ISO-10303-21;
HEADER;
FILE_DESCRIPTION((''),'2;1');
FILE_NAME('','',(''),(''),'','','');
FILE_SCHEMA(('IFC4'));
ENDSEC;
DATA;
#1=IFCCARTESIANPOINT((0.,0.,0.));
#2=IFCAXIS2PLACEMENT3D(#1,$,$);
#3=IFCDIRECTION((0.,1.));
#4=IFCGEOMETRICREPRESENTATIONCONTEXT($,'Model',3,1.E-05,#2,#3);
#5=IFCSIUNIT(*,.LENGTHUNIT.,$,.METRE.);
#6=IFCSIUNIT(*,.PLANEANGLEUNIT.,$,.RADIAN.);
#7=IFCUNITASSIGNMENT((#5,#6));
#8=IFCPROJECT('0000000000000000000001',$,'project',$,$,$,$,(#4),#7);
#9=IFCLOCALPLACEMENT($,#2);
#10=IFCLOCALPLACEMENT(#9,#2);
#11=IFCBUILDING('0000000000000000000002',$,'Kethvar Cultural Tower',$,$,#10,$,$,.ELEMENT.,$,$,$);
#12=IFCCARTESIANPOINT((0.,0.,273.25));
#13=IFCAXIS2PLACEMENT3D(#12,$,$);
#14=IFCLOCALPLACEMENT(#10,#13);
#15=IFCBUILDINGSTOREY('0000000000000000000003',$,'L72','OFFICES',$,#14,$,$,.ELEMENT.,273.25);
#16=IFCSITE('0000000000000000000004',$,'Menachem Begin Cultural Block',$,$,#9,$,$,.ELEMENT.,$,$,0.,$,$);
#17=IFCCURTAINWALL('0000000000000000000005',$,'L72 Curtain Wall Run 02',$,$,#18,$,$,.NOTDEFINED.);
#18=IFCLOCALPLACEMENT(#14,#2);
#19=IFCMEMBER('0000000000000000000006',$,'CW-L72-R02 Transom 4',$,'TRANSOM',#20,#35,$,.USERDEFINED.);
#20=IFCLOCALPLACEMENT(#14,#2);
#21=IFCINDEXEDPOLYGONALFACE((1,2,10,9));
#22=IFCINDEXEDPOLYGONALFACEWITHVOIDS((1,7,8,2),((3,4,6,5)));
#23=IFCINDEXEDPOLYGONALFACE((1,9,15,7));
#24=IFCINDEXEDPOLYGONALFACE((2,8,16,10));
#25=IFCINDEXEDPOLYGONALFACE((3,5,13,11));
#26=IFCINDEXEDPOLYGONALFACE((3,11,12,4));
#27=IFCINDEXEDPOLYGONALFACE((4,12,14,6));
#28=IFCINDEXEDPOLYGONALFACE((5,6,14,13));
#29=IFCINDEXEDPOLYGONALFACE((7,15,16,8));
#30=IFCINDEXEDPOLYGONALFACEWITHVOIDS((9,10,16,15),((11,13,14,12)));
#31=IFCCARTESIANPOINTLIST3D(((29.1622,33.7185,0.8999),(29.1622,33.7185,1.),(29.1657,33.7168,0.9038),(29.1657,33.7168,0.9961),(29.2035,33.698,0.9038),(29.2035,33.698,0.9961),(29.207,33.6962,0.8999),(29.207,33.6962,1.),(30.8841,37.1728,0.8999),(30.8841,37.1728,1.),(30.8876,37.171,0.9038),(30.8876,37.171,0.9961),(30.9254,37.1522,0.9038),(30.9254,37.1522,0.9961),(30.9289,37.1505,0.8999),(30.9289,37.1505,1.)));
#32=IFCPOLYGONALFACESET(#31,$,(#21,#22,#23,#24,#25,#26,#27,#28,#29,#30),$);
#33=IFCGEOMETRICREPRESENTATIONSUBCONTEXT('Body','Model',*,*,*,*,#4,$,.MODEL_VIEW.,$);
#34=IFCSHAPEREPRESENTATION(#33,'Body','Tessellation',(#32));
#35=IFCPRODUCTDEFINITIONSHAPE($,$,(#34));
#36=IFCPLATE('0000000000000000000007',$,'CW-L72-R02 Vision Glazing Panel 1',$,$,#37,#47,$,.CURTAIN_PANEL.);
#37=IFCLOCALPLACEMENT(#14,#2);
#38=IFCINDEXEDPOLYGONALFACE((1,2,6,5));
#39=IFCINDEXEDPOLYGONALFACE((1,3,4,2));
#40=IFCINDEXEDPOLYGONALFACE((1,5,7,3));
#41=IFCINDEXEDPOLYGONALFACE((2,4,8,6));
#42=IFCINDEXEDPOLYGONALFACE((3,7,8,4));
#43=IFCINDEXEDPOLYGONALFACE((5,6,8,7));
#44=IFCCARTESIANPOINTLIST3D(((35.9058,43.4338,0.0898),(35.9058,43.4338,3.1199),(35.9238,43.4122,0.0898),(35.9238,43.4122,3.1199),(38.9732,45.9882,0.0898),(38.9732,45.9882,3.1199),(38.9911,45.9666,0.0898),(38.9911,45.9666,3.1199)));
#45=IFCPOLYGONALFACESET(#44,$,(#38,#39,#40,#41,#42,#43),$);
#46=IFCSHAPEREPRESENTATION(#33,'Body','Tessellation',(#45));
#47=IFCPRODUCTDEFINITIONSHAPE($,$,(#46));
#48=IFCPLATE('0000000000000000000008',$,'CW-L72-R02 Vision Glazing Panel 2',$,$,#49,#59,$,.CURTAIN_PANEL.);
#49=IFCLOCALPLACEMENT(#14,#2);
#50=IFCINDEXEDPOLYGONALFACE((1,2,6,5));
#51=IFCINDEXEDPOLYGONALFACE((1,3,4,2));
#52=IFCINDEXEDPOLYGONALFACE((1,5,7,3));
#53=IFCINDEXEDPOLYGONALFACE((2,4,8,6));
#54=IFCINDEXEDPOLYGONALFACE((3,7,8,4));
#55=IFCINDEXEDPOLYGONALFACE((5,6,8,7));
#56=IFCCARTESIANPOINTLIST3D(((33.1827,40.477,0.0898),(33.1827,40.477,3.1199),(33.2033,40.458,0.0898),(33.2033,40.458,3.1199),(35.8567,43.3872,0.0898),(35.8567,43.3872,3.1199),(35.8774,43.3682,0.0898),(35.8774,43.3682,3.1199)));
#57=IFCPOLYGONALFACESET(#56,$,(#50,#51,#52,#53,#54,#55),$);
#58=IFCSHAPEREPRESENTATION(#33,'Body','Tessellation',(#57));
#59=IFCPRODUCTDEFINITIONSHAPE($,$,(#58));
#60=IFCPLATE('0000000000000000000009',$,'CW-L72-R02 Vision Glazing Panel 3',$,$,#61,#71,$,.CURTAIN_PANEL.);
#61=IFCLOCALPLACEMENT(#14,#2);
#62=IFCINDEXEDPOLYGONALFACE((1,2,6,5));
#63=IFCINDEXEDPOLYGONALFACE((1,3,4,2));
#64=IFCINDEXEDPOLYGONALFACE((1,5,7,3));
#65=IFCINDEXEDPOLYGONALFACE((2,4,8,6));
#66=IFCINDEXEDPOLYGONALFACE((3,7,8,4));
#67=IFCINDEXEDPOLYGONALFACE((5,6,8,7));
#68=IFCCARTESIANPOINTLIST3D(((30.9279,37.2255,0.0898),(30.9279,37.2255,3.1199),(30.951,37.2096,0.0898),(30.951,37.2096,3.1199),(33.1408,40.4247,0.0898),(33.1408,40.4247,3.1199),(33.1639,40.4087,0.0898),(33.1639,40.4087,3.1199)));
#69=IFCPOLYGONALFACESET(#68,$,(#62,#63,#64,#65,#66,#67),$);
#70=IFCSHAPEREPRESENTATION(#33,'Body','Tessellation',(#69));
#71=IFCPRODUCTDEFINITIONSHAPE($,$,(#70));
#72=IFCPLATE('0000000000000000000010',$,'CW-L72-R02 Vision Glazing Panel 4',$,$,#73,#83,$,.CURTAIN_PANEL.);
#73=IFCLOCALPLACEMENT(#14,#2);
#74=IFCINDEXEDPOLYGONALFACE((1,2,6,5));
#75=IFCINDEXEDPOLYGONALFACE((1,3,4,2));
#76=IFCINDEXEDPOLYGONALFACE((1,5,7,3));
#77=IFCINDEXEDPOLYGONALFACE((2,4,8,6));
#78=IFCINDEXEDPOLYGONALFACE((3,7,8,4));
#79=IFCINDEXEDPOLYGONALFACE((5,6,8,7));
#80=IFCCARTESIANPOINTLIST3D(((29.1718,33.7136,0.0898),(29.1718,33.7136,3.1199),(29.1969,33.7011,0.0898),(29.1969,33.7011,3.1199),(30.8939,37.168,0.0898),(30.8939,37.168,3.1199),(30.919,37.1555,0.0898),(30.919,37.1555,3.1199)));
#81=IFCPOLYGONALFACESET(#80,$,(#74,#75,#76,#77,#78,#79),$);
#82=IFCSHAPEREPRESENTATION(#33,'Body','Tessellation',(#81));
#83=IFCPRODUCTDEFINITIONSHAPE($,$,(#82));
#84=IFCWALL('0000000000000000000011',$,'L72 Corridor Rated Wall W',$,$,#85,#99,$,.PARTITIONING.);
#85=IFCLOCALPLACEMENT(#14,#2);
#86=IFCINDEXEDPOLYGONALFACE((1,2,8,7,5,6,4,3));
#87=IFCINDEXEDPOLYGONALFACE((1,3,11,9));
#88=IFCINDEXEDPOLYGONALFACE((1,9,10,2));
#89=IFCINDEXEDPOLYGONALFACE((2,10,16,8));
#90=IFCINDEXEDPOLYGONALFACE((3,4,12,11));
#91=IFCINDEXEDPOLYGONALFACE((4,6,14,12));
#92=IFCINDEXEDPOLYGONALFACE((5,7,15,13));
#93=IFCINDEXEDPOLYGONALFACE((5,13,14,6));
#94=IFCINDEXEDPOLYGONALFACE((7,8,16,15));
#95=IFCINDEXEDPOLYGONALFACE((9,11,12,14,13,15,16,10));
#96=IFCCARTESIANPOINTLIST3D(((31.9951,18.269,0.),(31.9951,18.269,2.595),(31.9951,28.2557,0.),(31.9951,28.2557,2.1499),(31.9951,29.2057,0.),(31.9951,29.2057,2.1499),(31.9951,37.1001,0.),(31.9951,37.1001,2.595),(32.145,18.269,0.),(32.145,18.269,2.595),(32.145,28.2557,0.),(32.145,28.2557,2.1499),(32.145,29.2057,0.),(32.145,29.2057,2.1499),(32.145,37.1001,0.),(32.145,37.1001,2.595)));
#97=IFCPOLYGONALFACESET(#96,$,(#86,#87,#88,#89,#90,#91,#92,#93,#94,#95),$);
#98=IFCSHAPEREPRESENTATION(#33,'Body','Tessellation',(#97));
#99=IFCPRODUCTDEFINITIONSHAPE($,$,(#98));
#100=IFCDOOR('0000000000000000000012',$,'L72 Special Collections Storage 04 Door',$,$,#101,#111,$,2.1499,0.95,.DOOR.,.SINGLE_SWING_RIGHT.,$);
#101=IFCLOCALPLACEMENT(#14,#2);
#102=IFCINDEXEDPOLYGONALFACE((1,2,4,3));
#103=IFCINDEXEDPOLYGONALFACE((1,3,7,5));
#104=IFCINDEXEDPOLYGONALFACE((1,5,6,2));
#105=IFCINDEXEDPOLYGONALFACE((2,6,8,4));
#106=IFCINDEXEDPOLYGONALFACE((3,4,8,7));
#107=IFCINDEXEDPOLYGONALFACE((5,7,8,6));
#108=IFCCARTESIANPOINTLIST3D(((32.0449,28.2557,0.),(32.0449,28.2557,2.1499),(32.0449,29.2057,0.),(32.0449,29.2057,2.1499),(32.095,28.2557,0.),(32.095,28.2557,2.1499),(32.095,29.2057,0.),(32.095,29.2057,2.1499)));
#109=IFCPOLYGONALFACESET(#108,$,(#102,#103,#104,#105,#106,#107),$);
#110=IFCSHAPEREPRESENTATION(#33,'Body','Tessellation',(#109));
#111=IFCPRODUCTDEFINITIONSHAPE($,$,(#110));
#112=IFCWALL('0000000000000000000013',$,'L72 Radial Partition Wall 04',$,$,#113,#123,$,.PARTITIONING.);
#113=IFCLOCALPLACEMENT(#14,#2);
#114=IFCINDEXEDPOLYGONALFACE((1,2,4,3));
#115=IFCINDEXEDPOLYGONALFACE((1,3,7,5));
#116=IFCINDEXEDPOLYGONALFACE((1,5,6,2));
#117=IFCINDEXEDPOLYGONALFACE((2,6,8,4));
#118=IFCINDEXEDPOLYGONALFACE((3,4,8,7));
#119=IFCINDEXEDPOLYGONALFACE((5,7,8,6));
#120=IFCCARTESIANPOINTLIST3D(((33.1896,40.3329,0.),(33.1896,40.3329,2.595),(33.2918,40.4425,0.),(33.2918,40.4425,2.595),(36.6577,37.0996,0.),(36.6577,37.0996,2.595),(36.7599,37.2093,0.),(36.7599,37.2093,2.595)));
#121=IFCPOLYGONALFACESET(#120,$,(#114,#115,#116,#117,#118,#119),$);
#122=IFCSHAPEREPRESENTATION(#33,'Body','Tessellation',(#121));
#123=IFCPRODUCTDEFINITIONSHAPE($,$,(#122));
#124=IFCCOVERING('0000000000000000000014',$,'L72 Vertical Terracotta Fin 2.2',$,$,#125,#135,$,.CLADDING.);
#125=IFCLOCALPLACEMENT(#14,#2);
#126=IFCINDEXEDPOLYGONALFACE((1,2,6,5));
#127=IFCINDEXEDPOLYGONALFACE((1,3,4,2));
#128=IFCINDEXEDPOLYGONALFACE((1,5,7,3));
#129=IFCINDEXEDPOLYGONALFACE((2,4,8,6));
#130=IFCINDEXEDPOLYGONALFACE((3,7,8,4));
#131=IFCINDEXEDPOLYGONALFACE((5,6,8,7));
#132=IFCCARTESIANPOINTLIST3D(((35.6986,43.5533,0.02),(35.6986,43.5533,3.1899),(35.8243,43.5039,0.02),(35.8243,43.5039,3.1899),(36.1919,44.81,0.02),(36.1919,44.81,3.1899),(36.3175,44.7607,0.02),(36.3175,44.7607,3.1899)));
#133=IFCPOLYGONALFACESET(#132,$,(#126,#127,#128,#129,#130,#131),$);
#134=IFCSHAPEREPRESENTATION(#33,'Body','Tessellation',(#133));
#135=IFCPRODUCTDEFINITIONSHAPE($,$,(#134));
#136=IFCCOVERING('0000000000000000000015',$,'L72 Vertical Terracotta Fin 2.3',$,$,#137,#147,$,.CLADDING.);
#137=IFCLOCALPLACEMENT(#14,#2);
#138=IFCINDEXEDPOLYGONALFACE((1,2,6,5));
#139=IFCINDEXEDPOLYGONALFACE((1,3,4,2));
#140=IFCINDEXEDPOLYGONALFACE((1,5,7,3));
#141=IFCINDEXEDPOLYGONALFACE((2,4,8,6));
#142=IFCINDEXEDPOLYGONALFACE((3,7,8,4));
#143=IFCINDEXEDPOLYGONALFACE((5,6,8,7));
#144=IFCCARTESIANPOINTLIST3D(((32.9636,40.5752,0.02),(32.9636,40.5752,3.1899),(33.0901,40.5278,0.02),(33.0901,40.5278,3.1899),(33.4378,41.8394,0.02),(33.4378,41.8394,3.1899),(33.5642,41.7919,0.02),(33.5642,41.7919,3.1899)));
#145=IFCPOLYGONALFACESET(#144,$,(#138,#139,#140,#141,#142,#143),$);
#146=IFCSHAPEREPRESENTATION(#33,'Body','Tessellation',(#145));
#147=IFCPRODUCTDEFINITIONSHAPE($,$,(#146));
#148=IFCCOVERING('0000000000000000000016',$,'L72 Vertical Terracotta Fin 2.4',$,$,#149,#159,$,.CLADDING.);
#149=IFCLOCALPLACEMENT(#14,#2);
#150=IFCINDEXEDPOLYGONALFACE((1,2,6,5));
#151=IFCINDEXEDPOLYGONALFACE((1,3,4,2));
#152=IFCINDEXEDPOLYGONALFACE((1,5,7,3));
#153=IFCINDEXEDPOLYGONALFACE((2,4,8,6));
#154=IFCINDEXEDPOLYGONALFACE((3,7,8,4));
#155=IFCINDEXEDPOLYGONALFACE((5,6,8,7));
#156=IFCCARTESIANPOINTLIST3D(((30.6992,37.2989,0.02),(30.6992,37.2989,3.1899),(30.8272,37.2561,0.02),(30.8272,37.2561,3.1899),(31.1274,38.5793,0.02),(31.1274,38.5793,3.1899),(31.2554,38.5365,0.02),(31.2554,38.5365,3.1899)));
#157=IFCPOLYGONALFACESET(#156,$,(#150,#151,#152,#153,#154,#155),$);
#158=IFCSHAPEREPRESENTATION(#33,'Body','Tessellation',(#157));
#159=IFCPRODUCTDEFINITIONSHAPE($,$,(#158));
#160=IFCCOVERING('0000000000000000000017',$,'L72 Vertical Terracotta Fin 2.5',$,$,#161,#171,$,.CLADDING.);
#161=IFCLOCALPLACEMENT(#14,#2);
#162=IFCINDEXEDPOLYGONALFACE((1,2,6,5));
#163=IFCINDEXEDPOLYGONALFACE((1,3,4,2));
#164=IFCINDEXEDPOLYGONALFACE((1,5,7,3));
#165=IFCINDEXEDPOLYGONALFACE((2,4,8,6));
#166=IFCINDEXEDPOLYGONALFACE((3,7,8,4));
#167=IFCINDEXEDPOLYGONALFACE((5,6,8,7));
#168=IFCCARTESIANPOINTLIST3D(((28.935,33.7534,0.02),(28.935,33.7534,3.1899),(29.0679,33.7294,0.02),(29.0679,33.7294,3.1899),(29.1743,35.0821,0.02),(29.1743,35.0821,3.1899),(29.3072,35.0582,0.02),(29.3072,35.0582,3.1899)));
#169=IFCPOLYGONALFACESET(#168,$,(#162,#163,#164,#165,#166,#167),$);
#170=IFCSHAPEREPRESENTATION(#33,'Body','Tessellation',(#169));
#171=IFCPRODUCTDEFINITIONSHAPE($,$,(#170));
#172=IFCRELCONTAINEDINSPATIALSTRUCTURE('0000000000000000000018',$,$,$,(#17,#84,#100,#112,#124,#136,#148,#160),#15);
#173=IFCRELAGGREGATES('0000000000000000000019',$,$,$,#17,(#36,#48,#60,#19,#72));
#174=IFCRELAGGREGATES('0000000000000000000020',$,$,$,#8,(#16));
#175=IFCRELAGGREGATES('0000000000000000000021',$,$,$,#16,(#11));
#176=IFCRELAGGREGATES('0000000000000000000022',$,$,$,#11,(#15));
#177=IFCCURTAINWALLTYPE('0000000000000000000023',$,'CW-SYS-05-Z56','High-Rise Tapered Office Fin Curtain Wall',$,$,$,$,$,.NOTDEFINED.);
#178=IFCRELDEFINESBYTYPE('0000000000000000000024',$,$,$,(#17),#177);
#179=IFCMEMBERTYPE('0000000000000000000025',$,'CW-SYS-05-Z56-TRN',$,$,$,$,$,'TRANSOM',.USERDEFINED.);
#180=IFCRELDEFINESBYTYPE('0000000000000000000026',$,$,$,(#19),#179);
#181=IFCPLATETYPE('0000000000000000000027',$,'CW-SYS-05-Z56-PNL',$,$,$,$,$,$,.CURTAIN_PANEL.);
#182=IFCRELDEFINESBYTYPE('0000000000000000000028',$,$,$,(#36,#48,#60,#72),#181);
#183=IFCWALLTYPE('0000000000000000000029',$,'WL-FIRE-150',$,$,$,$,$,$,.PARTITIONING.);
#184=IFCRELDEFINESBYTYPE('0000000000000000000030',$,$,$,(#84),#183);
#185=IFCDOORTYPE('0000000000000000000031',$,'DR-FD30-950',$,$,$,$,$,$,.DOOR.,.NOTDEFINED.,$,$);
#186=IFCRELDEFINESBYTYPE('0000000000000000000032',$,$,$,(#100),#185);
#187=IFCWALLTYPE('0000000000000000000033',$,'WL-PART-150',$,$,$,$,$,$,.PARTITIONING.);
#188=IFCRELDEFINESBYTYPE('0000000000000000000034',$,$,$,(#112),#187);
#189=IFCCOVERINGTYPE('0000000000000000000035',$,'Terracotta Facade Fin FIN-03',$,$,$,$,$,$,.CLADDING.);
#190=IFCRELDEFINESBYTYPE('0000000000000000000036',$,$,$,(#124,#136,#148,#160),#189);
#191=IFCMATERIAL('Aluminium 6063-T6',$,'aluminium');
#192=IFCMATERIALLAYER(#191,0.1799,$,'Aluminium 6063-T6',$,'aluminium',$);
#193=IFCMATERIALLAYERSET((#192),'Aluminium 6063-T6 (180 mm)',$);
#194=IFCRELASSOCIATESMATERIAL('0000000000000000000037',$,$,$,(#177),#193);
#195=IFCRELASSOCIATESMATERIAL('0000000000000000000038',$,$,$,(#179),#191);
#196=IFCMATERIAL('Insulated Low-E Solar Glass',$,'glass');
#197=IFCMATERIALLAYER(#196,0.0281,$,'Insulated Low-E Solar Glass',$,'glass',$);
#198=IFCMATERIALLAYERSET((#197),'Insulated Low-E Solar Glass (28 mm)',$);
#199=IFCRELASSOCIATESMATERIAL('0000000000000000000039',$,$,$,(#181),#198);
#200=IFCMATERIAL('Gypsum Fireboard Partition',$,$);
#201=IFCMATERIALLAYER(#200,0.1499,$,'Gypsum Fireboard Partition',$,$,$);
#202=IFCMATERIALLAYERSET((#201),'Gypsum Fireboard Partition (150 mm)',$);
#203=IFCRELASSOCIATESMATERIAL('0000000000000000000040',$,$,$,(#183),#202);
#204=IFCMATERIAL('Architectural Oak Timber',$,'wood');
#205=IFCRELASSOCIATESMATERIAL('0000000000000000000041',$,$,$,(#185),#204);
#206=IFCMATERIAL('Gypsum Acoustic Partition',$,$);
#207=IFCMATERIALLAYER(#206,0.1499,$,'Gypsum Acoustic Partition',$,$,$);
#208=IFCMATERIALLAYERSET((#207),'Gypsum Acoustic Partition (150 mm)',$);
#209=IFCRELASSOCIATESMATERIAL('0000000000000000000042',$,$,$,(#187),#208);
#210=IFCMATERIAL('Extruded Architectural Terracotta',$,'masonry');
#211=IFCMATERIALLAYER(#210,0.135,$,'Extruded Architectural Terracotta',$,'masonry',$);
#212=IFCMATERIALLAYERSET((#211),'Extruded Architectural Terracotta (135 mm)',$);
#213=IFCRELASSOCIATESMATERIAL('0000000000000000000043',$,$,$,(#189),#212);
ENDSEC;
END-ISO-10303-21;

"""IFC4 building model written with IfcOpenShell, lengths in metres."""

from ifc_helpers import new_model, si_unit, direction, frame, frame_2d, origin, origin_2d, place, context, subcontext, project, spatial, rectangle, hollow_rectangle, extrude, source, transform, mapped, material, layer, layer_set, material_profile, profile_set, type_object, element, fill, aggregate, save


model = new_model("IFC4")

# Units and contexts
model_context = context("Model", 3, precision=1e-05, world=origin(), true_north=direction((0.0, 1.0)))
body_context = subcontext(model_context, "Body", "Model", "MODEL_VIEW")
ifc_project = project(units=[si_unit("LENGTHUNIT", "METRE"), si_unit("PLANEANGLEUNIT", "RADIAN")], contexts=[model_context])

# Site, building, storey
site_placement = place(None, origin())
site = spatial("IfcSite", under=ifc_project, at=site_placement, Name="Menachem Begin Cultural Block", CompositionType="ELEMENT", RefElevation=0.0)
building_placement = place(site_placement, origin())
building = spatial("IfcBuilding", under=site, at=building_placement, Name="Kethvar Cultural Tower", CompositionType="ELEMENT")
storey_placement = place(building_placement, frame((0.0, 0.0, 273.25)))
storey = spatial("IfcBuildingStorey", under=building, at=storey_placement, Name="L72", Description="OFFICES", CompositionType="ELEMENT", Elevation=273.25)

# Curtain wall, member, plates
ifc_material_1 = material(Name="Aluminium 6063-T6", Category="aluminium")
ifc_layer_1 = layer(ifc_material_1, 0.1799, Name="Aluminium 6063-T6", Category="aluminium")
ifc_layer_set_1 = layer_set([ifc_layer_1], Name="Aluminium 6063-T6 (180 mm)")
curtain_wall_type = type_object("IfcCurtainWallType", Name="CW-SYS-05-Z56", Description="High-Rise Tapered Office Fin Curtain Wall", PredefinedType="NOTDEFINED", material=ifc_layer_set_1)
curtain_wall_placement = place(storey_placement, origin())
curtain_wall = element("IfcCurtainWall", 1, at=curtain_wall_placement, inside=storey, type_object=curtain_wall_type, Name="L72 Curtain Wall Run 02", PredefinedType="NOTDEFINED")
ifc_material_profile_1 = material_profile(ifc_material_1, hollow_rectangle(XDim=0.05, YDim=0.1001, WallThickness=0.0039, at=origin_2d()), Name="Aluminium 6063-T6 — RHS100x50x4")
ifc_profile_set_1 = profile_set([ifc_material_profile_1], Name="Aluminium 6063-T6 — RHS100x50x4")
member_type_1 = type_object("IfcMemberType", Name="CW-SYS-05-Z56-TRN", ElementType="TRANSOM", PredefinedType="USERDEFINED", material=ifc_profile_set_1)
shared_shape_1 = source(origin(), body_context, "Body", "SweptSolid", [
    extrude(hollow_rectangle(XDim=0.05, YDim=0.1001, WallThickness=0.0039, at=origin_2d()), origin(), (0.0, 0.0, 1.0), 3.8596),
])
member_1_placement = place(storey_placement, frame((30.9065, 37.1616, 0.95), z_axis=(-0.446125, -0.894971, 0.0), x_axis=(0.894971, -0.446125, 0.0)))
member_1 = element("IfcMember", 2, at=member_1_placement, type_object=member_type_1, Name="CW-L72-R02 Transom 4", ObjectType="TRANSOM", PredefinedType="USERDEFINED", context=body_context, shape_type="MappedRepresentation", body=[
    mapped(shared_shape_1, transform((0.0, 0.0, 0.0), scale=1.0)),
])
ifc_material_2 = material(Name="Insulated Low-E Solar Glass", Category="glass")
ifc_layer_2 = layer(ifc_material_2, 0.0281, Name="Insulated Low-E Solar Glass", Category="glass")
ifc_layer_set_2 = layer_set([ifc_layer_2], Name="Insulated Low-E Solar Glass (28 mm)")
plate_type = type_object("IfcPlateType", Name="CW-SYS-05-Z56-PNL", PredefinedType="CURTAIN_PANEL", material=ifc_layer_set_2)
shared_shape_2 = source(origin(), body_context, "Body", "SweptSolid", [
    extrude(rectangle(XDim=3.9917, YDim=0.0281, at=origin_2d()), origin(), (0.0, 0.0, 1.0), 3.03),
])
plate_1_placement = place(storey_placement, frame((37.4485, 44.7002, 0.0898), z_axis=(0.0, 0.0, 1.0), x_axis=(-0.768429, -0.639935, 0.0)))
plate_1 = element("IfcPlate", 3, at=plate_1_placement, type_object=plate_type, Name="CW-L72-R02 Vision Glazing Panel 1", PredefinedType="CURTAIN_PANEL", context=body_context, shape_type="MappedRepresentation", body=[
    mapped(shared_shape_2, transform((0.0, 0.0, 0.0), scale=1.0)),
])
shared_shape_3 = source(origin(), body_context, "Body", "SweptSolid", [
    extrude(rectangle(XDim=3.9521, YDim=0.0281, at=origin_2d()), origin(), (0.0, 0.0, 1.0), 3.03),
])
plate_2_placement = place(storey_placement, frame((34.53, 41.9226, 0.0898), z_axis=(0.0, 0.0, 1.0), x_axis=(-0.676606, -0.736345, 0.0)))
plate_2 = element("IfcPlate", 4, at=plate_2_placement, type_object=plate_type, Name="CW-L72-R02 Vision Glazing Panel 2", PredefinedType="CURTAIN_PANEL", context=body_context, shape_type="MappedRepresentation", body=[
    mapped(shared_shape_3, transform((0.0, 0.0, 0.0), scale=1.0)),
])
shared_shape_4 = source(origin(), body_context, "Body", "SweptSolid", [
    extrude(rectangle(XDim=3.8899, YDim=0.0281, at=origin_2d()), origin(), (0.0, 0.0, 1.0), 3.03),
])
plate_3_placement = place(storey_placement, frame((32.0459, 38.8171, 0.0898), z_axis=(0.0, 0.0, 1.0), x_axis=(-0.568863, -0.822432, 0.0)))
plate_3 = element("IfcPlate", 5, at=plate_3_placement, type_object=plate_type, Name="CW-L72-R02 Vision Glazing Panel 3", PredefinedType="CURTAIN_PANEL", context=body_context, shape_type="MappedRepresentation", body=[
    mapped(shared_shape_4, transform((0.0, 0.0, 0.0), scale=1.0)),
])
shared_shape_5 = source(origin(), body_context, "Body", "SweptSolid", [
    extrude(rectangle(XDim=3.8599, YDim=0.0281, at=origin_2d()), origin(), (0.0, 0.0, 1.0), 3.03),
])
plate_4_placement = place(storey_placement, frame((30.0454, 35.4346, 0.0898), z_axis=(0.0, 0.0, 1.0), x_axis=(-0.446167, -0.89495, 0.0)))
plate_4 = element("IfcPlate", 6, at=plate_4_placement, type_object=plate_type, Name="CW-L72-R02 Vision Glazing Panel 4", PredefinedType="CURTAIN_PANEL", context=body_context, shape_type="MappedRepresentation", body=[
    mapped(shared_shape_5, transform((0.0, 0.0, 0.0), scale=1.0)),
])
aggregate(curtain_wall, [plate_1, plate_2, plate_3, member_1, plate_4])

# Wall, opening, door
ifc_material_3 = material(Name="Gypsum Fireboard Partition")
ifc_layer_3 = layer(ifc_material_3, 0.1499, Name="Gypsum Fireboard Partition")
ifc_layer_set_3 = layer_set([ifc_layer_3], Name="Gypsum Fireboard Partition (150 mm)")
wall_type_1 = type_object("IfcWallType", Name="WL-FIRE-150", PredefinedType="PARTITIONING", material=ifc_layer_set_3)
wall_1_placement = place(storey_placement, frame((32.0701, 37.1001, 0.0), z_axis=(0.0, 0.0, 1.0), x_axis=(0.0, -1.0, 0.0)))
wall_1 = element("IfcWall", 7, at=wall_1_placement, inside=storey, type_object=wall_type_1, Name="L72 Corridor Rated Wall W", PredefinedType="PARTITIONING", context=body_context, shape_type="SweptSolid", body=[
    extrude(rectangle(XDim=18.8311, YDim=0.1499, at=frame_2d((9.4155, 0.0))), origin(), (0.0, 0.0, 1.0), 2.595),
])
opening_placement = place(wall_1_placement, frame((7.8943, 0.0, 0.0)))
opening = element("IfcOpeningElement", 8, at=opening_placement, cuts=wall_1, PredefinedType="OPENING", context=body_context, shape_type="SweptSolid", body=[
    extrude(rectangle(XDim=0.95, YDim=2.1499, at=frame_2d((0.4751, 1.075))), frame((0.0, 0.085, 0.0), z_axis=(0.0, -1.0, 0.0), x_axis=(1.0, 0.0, 0.0)), (0.0, 0.0, 1.0), 0.1699),
])
ifc_material_4 = material(Name="Architectural Oak Timber", Category="wood")
door_type = type_object("IfcDoorType", Name="DR-FD30-950", OperationType="NOTDEFINED", PredefinedType="DOOR", material=ifc_material_4)
shared_shape_6 = source(origin(), body_context, "Body", "SweptSolid", [
    extrude(rectangle(XDim=0.95, YDim=2.1499, at=frame_2d((0.4751, 1.075))), frame((0.0, 0.0249, 0.0), z_axis=(0.0, -1.0, 0.0), x_axis=(1.0, 0.0, 0.0)), (0.0, 0.0, 1.0), 0.05),
])
door_placement = place(opening_placement, origin())
door = element("IfcDoor", 9, at=door_placement, inside=storey, type_object=door_type, Name="L72 Special Collections Storage 04 Door", OperationType="SINGLE_SWING_RIGHT", OverallHeight=2.1499, OverallWidth=0.95, PredefinedType="DOOR", context=body_context, shape_type="MappedRepresentation", body=[
    mapped(shared_shape_6, transform((0.0, 0.0, 0.0), scale=1.0)),
])
fill(opening, door)

# Wall
ifc_material_5 = material(Name="Gypsum Acoustic Partition")
ifc_layer_4 = layer(ifc_material_5, 0.1499, Name="Gypsum Acoustic Partition")
ifc_layer_set_4 = layer_set([ifc_layer_4], Name="Gypsum Acoustic Partition (150 mm)")
wall_type_2 = type_object("IfcWallType", Name="WL-PART-150", PredefinedType="PARTITIONING", material=ifc_layer_set_4)
wall_2_placement = place(storey_placement, frame((36.7087, 37.1545, 0.0), z_axis=(0.0, 0.0, 1.0), x_axis=(-0.73144, 0.681905, 0.0)))
element("IfcWall", 10, at=wall_2_placement, inside=storey, type_object=wall_type_2, Name="L72 Radial Partition Wall 04", PredefinedType="PARTITIONING", context=body_context, shape_type="SweptSolid", body=[
    extrude(rectangle(XDim=4.7415, YDim=0.1499, at=frame_2d((2.3706, 0.0))), origin(), (0.0, 0.0, 1.0), 2.595),
])

# Coverings
ifc_material_6 = material(Name="Extruded Architectural Terracotta", Category="masonry")
ifc_layer_5 = layer(ifc_material_6, 0.135, Name="Extruded Architectural Terracotta", Category="masonry")
ifc_layer_set_5 = layer_set([ifc_layer_5], Name="Extruded Architectural Terracotta (135 mm)")
covering_type = type_object("IfcCoveringType", Name="Terracotta Facade Fin FIN-03", PredefinedType="CLADDING", material=ifc_layer_set_5)
shared_shape_7 = source(origin(), body_context, "Body", "SweptSolid", [
    extrude(rectangle(XDim=1.3501, YDim=0.135, at=origin_2d()), origin(), (0.0, 0.0, 1.0), 3.1699),
])
for number, where, z_axis, x_axis, name in (
    (11, (36.0081, 44.157, 0.02), (0.0, 0.0, 1.0), (0.365364, 0.930865, 0.0), "L72 Vertical Terracotta Fin 2.2"),
    (12, (33.2639, 41.1836, 0.02), (0.0, 0.0, 1.0), (0.351188, 0.936305, 0.0), "L72 Vertical Terracotta Fin 2.3"),
    (13, (30.9773, 37.9177, 0.02), (0.0, 0.0, 1.0), (0.317139, 0.948379, 0.0), "L72 Vertical Terracotta Fin 2.4"),
    (14, (29.1211, 34.4058, 0.02), (0.0, 0.0, 1.0), (0.177257, 0.984165, 0.0), "L72 Vertical Terracotta Fin 2.5"),
):
    element("IfcCovering", number, at=place(storey_placement, frame(where, z_axis=z_axis, x_axis=x_axis)), inside=storey, type_object=covering_type, Name=name, PredefinedType="CLADDING", context=body_context, shape_type="MappedRepresentation", body=[
        mapped(shared_shape_7, transform((0.0, 0.0, 0.0), scale=1.0)),
    ])

save(model, "model.ifc")
